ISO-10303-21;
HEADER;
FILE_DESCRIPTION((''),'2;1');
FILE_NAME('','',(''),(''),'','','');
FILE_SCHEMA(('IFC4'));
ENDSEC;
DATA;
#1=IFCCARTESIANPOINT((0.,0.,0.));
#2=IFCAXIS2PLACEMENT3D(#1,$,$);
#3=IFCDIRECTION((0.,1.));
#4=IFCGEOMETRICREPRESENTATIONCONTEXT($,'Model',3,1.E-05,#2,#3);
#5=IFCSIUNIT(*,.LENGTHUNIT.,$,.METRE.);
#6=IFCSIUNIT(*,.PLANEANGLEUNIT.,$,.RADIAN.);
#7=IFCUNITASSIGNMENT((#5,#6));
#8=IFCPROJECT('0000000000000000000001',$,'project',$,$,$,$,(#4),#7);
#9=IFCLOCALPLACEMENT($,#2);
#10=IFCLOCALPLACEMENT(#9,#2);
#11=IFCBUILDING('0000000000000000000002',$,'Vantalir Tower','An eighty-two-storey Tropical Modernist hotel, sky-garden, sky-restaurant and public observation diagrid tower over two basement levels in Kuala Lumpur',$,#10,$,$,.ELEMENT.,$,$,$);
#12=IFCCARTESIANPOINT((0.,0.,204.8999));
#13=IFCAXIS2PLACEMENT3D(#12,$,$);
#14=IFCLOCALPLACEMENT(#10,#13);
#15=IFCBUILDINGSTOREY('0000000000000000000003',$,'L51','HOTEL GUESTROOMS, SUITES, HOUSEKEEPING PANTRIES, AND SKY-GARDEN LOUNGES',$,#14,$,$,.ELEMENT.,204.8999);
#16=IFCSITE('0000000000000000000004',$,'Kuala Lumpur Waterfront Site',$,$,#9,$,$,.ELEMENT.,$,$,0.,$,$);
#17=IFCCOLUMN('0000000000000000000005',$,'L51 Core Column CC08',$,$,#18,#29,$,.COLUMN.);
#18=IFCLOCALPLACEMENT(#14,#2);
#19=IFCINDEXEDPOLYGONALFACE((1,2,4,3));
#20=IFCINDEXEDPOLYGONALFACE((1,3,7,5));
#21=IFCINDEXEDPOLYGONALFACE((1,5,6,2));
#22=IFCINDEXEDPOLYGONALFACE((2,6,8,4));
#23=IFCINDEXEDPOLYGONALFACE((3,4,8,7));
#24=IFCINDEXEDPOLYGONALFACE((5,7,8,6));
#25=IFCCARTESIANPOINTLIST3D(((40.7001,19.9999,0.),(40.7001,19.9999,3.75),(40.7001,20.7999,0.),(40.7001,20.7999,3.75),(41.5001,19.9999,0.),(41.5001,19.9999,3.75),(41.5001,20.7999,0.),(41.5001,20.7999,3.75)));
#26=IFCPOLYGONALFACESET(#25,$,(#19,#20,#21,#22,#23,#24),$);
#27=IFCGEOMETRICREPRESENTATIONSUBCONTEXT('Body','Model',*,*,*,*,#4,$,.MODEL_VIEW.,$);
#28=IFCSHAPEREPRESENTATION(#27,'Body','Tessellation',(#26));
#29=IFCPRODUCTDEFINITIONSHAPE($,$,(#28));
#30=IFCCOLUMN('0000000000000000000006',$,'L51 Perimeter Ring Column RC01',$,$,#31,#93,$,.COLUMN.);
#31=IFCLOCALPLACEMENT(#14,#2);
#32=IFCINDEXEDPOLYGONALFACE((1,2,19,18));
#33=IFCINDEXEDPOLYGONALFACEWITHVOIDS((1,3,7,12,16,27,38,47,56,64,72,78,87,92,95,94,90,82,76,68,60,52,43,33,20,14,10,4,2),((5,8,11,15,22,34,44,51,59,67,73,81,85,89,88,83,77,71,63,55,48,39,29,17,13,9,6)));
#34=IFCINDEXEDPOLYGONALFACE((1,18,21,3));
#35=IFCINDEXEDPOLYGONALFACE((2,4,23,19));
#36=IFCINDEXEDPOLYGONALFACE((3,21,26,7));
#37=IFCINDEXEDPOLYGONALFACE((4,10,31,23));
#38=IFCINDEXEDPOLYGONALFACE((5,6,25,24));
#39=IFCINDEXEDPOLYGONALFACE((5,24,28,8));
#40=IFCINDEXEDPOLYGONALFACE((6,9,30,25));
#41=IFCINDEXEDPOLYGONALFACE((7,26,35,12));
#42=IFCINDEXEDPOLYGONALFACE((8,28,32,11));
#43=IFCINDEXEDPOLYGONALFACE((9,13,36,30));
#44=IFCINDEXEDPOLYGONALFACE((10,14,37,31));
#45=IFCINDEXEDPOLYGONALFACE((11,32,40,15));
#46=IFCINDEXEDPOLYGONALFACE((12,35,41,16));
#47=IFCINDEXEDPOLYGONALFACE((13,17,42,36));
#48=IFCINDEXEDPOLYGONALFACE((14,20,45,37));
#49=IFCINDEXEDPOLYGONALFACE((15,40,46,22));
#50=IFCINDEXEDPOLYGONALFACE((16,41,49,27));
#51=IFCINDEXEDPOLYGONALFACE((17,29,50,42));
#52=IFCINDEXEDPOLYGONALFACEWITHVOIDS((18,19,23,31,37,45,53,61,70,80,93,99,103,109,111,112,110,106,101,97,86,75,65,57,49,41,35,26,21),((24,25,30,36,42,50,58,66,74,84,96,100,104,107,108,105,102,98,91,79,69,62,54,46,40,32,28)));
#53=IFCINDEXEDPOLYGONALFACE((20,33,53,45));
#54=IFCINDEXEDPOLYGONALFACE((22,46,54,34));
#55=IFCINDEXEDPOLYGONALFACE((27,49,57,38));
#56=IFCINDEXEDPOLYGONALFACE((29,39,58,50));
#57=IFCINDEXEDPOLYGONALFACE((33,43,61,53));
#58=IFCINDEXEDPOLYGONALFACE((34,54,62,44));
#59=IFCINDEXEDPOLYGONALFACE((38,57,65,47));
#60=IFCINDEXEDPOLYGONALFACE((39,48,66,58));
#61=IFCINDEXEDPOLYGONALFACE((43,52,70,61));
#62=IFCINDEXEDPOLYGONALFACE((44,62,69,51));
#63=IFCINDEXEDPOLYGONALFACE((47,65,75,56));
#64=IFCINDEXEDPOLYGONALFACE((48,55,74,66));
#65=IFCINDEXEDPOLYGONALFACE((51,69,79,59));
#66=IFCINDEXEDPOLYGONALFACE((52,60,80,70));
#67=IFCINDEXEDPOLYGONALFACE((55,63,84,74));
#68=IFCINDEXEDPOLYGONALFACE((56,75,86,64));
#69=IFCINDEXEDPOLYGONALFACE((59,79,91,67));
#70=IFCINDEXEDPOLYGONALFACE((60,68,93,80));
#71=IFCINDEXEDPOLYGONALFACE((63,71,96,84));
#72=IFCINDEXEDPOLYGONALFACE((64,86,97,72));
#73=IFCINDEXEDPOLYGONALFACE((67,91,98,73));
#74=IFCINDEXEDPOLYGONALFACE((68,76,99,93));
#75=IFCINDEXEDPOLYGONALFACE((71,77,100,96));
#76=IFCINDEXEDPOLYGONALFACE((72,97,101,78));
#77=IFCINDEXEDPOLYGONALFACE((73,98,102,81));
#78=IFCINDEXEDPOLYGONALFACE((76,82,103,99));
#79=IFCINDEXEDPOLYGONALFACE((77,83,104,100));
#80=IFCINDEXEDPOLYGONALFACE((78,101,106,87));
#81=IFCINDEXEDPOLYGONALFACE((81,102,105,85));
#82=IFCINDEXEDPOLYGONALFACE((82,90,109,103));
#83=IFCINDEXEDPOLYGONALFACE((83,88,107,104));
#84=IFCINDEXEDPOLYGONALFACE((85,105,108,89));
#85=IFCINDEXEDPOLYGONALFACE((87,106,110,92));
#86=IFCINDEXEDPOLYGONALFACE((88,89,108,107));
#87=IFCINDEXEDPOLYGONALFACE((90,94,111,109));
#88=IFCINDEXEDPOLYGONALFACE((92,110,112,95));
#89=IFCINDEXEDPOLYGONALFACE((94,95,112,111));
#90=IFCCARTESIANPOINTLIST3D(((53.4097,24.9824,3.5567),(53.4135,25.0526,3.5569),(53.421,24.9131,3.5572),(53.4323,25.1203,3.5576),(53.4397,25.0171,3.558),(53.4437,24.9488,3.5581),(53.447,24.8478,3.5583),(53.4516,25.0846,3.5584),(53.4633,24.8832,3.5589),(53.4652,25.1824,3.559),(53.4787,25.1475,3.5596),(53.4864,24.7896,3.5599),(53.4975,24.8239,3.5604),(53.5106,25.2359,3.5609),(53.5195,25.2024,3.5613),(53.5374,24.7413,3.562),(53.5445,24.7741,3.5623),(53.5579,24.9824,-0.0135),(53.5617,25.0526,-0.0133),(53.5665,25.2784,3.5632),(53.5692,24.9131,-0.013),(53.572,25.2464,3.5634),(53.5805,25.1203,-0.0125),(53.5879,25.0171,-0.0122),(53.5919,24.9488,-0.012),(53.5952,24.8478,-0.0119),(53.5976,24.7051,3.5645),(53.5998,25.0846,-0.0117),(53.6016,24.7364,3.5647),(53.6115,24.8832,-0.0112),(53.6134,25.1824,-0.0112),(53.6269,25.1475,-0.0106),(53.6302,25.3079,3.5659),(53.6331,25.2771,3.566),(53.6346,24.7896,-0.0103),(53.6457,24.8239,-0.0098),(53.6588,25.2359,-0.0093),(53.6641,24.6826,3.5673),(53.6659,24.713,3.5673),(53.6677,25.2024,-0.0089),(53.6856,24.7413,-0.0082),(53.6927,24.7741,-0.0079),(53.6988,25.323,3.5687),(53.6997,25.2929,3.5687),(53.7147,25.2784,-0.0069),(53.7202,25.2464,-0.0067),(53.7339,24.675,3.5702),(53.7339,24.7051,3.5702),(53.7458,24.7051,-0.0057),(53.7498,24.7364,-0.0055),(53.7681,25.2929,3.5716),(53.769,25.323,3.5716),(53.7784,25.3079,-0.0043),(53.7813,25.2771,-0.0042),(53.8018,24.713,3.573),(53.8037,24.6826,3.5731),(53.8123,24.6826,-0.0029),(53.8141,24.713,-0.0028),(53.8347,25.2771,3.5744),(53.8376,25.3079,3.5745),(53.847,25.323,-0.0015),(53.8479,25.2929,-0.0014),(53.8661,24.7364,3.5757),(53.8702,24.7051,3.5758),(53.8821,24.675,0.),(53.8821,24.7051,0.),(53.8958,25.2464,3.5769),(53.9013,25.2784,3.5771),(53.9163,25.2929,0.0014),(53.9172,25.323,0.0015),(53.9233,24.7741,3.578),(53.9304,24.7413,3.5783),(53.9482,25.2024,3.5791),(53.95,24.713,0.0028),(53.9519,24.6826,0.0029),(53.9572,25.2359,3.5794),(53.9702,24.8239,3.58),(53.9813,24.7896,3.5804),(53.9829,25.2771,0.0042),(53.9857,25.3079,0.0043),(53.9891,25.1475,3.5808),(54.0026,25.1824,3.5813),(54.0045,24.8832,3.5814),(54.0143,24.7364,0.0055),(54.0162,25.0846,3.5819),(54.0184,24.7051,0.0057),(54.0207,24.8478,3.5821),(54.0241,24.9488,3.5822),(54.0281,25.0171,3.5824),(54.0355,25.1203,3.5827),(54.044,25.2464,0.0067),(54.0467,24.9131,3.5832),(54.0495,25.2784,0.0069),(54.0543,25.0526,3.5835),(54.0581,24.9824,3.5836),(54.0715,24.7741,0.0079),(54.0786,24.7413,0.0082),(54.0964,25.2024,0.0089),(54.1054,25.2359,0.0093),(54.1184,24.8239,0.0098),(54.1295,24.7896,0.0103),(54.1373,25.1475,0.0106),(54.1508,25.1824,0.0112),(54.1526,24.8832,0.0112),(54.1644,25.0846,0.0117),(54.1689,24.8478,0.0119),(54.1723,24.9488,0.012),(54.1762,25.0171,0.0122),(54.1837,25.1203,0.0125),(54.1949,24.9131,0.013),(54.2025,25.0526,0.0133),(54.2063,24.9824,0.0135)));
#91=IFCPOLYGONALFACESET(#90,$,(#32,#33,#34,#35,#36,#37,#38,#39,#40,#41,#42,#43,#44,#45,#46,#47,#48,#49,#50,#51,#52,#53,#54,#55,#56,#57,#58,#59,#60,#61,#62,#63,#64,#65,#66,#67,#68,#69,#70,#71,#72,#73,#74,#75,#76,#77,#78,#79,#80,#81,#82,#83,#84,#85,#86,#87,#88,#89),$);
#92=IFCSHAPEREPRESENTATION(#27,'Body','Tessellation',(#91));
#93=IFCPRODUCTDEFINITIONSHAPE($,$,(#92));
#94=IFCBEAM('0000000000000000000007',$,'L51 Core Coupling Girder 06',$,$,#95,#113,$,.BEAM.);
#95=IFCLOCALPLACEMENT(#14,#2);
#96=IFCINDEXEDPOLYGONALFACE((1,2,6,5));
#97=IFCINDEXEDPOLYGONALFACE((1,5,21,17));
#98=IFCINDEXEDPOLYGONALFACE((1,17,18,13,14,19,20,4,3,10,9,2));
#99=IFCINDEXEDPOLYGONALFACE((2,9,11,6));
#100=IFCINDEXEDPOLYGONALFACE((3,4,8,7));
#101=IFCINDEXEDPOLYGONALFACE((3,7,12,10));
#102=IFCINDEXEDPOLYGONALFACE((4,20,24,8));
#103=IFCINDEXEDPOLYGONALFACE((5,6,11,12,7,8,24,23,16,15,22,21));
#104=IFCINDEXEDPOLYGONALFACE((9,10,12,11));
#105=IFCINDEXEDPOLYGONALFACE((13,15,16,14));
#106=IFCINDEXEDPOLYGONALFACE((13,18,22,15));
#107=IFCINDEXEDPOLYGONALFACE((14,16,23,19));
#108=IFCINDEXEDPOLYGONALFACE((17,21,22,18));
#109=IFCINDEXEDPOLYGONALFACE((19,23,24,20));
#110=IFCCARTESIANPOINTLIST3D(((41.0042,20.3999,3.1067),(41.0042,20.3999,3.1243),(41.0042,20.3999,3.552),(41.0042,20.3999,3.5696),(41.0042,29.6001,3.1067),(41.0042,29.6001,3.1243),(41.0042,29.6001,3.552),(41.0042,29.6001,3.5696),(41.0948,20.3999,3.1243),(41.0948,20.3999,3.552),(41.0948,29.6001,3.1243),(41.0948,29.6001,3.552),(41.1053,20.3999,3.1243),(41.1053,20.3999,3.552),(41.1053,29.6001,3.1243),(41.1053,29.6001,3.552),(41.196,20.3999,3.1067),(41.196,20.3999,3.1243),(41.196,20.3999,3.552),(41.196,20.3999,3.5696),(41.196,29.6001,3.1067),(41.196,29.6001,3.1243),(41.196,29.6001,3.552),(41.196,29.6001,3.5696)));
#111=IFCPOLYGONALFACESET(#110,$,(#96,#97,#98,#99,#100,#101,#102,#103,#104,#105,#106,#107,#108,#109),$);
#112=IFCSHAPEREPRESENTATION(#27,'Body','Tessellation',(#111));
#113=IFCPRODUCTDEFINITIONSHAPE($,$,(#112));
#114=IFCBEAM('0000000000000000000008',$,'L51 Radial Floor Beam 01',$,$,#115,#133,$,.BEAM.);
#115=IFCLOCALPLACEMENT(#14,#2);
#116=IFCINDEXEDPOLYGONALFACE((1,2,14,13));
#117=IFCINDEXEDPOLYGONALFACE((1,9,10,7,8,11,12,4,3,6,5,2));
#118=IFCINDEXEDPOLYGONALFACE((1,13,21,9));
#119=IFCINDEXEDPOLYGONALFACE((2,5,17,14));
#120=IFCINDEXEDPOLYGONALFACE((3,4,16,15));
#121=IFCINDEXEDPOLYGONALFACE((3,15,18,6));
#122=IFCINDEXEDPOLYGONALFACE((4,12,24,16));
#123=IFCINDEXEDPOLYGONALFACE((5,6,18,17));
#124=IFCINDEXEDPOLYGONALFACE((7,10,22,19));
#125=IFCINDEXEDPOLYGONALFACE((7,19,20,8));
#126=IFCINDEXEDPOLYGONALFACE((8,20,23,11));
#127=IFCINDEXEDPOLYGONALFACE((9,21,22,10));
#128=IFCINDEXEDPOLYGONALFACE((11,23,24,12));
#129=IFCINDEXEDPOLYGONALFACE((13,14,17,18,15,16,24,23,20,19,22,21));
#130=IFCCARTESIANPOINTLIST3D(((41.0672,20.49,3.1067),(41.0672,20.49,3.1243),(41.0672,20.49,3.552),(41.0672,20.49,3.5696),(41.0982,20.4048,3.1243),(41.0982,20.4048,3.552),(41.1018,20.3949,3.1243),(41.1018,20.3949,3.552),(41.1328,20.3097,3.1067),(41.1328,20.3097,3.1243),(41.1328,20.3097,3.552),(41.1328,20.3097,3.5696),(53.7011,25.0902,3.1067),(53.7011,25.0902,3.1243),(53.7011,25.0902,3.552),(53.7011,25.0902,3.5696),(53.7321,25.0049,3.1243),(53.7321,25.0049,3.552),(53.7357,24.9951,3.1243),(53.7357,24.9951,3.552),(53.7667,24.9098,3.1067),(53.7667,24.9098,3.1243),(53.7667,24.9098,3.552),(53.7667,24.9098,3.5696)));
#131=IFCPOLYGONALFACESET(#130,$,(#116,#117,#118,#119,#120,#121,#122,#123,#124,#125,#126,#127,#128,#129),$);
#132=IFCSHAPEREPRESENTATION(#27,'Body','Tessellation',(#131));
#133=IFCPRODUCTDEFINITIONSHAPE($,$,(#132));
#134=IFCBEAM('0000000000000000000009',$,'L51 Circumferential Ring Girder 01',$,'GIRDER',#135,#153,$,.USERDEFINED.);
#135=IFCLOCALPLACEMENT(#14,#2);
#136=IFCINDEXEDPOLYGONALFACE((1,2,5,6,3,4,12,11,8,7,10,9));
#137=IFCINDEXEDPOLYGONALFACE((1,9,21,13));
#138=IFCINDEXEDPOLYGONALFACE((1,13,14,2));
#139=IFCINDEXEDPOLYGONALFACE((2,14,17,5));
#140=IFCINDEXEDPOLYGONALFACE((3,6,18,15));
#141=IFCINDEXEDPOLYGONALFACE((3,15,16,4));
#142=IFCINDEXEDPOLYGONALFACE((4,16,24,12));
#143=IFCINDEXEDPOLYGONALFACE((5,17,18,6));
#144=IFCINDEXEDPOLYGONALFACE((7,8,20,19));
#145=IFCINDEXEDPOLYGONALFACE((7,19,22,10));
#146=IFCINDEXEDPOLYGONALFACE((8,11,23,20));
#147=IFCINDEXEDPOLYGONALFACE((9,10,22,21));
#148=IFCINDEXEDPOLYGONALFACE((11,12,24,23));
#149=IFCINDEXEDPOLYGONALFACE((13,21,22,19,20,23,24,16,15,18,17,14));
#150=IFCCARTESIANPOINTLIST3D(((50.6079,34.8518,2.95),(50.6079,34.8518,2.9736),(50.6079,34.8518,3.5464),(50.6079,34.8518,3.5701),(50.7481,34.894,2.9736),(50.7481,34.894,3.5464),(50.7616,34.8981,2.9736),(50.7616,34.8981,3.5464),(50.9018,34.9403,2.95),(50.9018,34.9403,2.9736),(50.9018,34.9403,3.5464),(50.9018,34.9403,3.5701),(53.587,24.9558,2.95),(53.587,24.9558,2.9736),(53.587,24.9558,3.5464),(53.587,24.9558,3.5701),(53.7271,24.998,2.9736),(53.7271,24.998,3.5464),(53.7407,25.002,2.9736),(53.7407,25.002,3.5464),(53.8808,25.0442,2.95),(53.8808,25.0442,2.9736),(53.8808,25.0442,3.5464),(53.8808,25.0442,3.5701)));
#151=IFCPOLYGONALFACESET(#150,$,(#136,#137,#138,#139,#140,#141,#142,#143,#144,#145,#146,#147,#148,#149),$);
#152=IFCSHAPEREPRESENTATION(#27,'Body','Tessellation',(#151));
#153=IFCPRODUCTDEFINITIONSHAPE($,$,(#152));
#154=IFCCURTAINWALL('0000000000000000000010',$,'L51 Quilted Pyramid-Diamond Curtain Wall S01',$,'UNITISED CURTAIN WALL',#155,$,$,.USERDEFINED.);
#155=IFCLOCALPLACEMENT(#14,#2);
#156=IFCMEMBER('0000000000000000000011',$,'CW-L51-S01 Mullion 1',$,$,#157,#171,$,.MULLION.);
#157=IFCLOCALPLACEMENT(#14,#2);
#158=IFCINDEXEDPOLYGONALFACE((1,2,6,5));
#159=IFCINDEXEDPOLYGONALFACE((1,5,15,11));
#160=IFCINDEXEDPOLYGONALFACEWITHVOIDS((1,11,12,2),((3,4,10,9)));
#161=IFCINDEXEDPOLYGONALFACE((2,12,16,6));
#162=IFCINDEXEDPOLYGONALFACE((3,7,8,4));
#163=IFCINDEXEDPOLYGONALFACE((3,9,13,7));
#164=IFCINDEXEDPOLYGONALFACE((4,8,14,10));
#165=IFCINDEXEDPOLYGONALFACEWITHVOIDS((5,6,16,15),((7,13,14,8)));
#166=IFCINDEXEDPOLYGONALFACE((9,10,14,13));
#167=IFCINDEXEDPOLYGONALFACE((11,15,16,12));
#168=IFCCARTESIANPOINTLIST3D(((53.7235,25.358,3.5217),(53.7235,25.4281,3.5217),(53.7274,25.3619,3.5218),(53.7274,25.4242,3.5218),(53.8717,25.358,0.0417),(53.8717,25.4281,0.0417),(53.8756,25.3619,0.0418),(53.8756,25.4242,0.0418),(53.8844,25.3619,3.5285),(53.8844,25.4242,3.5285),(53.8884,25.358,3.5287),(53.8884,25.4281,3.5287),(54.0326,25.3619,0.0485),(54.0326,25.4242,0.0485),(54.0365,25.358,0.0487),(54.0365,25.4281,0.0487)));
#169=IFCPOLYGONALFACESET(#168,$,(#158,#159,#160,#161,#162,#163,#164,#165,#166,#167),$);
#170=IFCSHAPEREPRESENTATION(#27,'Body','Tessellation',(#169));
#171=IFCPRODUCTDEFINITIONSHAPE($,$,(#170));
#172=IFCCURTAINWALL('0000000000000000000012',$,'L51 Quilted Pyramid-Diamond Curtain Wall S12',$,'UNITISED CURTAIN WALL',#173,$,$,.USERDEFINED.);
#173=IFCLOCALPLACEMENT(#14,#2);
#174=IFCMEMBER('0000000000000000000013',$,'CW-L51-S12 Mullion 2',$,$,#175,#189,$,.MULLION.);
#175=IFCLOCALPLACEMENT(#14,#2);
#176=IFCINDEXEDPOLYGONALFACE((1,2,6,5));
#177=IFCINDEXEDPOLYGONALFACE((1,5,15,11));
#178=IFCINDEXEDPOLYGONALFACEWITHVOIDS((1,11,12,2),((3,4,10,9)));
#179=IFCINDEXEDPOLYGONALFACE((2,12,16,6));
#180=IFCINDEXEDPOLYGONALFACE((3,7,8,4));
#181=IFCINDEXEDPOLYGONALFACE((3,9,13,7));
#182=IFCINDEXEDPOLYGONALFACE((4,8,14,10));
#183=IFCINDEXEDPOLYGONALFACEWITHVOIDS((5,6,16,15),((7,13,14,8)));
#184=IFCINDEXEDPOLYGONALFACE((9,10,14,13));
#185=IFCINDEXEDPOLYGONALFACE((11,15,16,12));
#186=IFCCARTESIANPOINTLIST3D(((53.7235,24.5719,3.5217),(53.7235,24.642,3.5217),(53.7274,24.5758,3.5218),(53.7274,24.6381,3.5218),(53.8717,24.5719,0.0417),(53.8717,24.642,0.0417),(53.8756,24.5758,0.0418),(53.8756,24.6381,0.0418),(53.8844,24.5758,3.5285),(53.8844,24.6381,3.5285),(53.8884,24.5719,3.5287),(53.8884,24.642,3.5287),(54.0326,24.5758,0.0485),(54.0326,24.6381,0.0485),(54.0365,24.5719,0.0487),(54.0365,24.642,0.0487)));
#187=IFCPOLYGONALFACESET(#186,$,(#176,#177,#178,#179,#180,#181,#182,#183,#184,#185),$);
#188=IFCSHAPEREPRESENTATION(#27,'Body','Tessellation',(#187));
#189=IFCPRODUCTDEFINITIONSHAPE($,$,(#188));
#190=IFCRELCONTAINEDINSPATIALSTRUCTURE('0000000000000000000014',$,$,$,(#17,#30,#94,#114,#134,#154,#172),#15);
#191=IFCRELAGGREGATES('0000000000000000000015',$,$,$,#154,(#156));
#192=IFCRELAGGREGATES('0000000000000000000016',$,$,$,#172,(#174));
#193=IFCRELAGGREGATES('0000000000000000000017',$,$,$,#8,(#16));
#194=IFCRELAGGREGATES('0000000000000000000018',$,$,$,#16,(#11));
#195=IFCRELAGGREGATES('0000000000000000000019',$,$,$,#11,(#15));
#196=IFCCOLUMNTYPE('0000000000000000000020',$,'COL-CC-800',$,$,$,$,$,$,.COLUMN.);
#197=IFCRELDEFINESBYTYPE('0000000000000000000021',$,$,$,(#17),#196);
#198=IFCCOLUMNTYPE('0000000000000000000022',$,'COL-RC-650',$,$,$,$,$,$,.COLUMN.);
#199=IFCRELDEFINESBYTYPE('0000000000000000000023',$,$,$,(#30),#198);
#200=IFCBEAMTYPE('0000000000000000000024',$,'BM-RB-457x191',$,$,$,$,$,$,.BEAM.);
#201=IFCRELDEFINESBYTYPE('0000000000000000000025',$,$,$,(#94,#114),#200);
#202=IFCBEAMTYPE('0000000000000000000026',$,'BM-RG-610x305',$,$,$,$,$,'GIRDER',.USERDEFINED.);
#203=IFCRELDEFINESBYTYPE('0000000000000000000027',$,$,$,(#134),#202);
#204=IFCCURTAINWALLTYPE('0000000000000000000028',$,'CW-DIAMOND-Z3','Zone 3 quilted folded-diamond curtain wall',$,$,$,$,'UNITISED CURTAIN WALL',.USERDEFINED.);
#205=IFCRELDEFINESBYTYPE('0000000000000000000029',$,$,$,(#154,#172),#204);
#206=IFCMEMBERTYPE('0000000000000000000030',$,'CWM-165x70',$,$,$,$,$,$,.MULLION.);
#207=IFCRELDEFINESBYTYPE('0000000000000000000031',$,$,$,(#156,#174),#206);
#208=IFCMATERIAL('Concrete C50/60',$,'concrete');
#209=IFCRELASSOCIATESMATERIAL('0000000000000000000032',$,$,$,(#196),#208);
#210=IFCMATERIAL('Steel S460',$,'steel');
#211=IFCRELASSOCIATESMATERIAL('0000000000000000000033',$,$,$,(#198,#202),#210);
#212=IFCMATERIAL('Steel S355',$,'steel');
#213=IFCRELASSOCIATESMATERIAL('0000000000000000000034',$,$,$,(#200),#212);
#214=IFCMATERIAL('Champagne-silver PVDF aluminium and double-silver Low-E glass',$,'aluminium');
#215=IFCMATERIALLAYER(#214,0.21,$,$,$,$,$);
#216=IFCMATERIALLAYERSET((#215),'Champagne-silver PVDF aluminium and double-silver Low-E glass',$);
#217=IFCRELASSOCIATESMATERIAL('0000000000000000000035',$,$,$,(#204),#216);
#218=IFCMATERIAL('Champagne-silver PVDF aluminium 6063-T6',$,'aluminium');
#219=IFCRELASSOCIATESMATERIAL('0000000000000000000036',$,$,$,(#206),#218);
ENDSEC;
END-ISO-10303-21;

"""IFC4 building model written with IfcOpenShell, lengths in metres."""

from ifc_helpers import new_model, si_unit, direction, frame, origin, origin_2d, place, context, subcontext, project, spatial, rectangle, hollow_rectangle, hollow_circle, i_section, extrude, material, layer, layer_set, material_profile, profile_set, type_object, element, aggregate, save


model = new_model("IFC4")

# Units and contexts
model_context = context("Model", 3, precision=1e-05, world=origin(), true_north=direction((0.0, 1.0)))
body_context = subcontext(model_context, "Body", "Model", "MODEL_VIEW")
ifc_project = project(units=[si_unit("LENGTHUNIT", "METRE"), si_unit("PLANEANGLEUNIT", "RADIAN")], contexts=[model_context])

# Site, building, storey
site_placement = place(None, origin())
site = spatial("IfcSite", under=ifc_project, at=site_placement, Name="Kuala Lumpur Waterfront Site", CompositionType="ELEMENT", RefElevation=0.0)
building_placement = place(site_placement, origin())
building = spatial("IfcBuilding", under=site, at=building_placement, Name="Vantalir Tower", Description="An eighty-two-storey Tropical Modernist hotel, sky-garden, sky-restaurant and public observation diagrid tower over two basement levels in Kuala Lumpur", CompositionType="ELEMENT")
storey_placement = place(building_placement, frame((0.0, 0.0, 204.8999)))
storey = spatial("IfcBuildingStorey", under=building, at=storey_placement, Name="L51", Description="HOTEL GUESTROOMS, SUITES, HOUSEKEEPING PANTRIES, AND SKY-GARDEN LOUNGES", CompositionType="ELEMENT", Elevation=204.8999)

# Columns
ifc_material_1 = material(Name="Concrete C50/60", Category="concrete")
ifc_material_profile_1 = material_profile(ifc_material_1, rectangle(XDim=0.8, YDim=0.8, at=origin_2d()), Name="Concrete C50/60")
ifc_profile_set_1 = profile_set([ifc_material_profile_1], Name="Concrete C50/60")
column_type_1 = type_object("IfcColumnType", Name="COL-CC-800", PredefinedType="COLUMN", material=ifc_profile_set_1)
column_1_placement = place(storey_placement, frame((41.1001, 20.3999, 0.0), z_axis=(0.0, 0.0, 1.0), x_axis=(1.0, 0.0, 0.0)))
element("IfcColumn", 1, at=column_1_placement, inside=storey, type_object=column_type_1, Name="L51 Core Column CC08", PredefinedType="COLUMN", context=body_context, shape_type="SweptSolid", body=[
    extrude(rectangle(XDim=0.8, YDim=0.8, at=origin_2d()), origin(), (0.0, 0.0, 1.0), 3.75),
])
ifc_material_2 = material(Name="Steel S460", Category="steel")
ifc_material_profile_2 = material_profile(ifc_material_2, hollow_circle(Radius=0.325, WallThickness=0.03, at=origin_2d()), Name="Steel S460")
ifc_profile_set_2 = profile_set([ifc_material_profile_2], Name="Steel S460")
column_type_2 = type_object("IfcColumnType", Name="COL-RC-650", PredefinedType="COLUMN", material=ifc_profile_set_2)
column_2_placement = place(storey_placement, frame((53.8821, 25.0, 0.0), z_axis=(-0.041474, 0.0, 0.99914), x_axis=(0.0, -1.0, 0.0)))
element("IfcColumn", 2, at=column_2_placement, inside=storey, type_object=column_type_2, Name="L51 Perimeter Ring Column RC01", PredefinedType="COLUMN", context=body_context, shape_type="SweptSolid", body=[
    extrude(hollow_circle(Radius=0.325, WallThickness=0.03, at=origin_2d()), origin(), (0.0, 0.0, 1.0), 3.5732),
])

# Beams
ifc_material_3 = material(Name="Steel S355", Category="steel")
ifc_material_profile_3 = material_profile(ifc_material_3, i_section(OverallWidth=0.1919, OverallDepth=0.4629, WebThickness=0.0105, FlangeThickness=0.0176, at=origin_2d()), Name="Steel S355")
ifc_profile_set_3 = profile_set([ifc_material_profile_3], Name="Steel S355")
beam_type_1 = type_object("IfcBeamType", Name="BM-RB-457x191", PredefinedType="BEAM", material=ifc_profile_set_3)
beam_1_placement = place(storey_placement, frame((41.1001, 20.3999, 3.3381), z_axis=(0.0, 1.0, 0.0), x_axis=(-1.0, 0.0, 0.0)))
element("IfcBeam", 3, at=beam_1_placement, inside=storey, type_object=beam_type_1, Name="L51 Core Coupling Girder 06", PredefinedType="BEAM", context=body_context, shape_type="SweptSolid", body=[
    extrude(i_section(OverallWidth=0.1919, OverallDepth=0.4629, WebThickness=0.0105, FlangeThickness=0.0176, at=origin_2d()), origin(), (0.0, 0.0, 1.0), 9.2002),
])
beam_2_placement = place(storey_placement, frame((53.7339, 25.0, 3.3381), z_axis=(-0.93965, -0.342137, 0.0), x_axis=(0.342137, -0.93965, 0.0)))
element("IfcBeam", 4, at=beam_2_placement, inside=storey, type_object=beam_type_1, Name="L51 Radial Floor Beam 01", PredefinedType="BEAM", context=body_context, shape_type="SweptSolid", body=[
    extrude(i_section(OverallWidth=0.1919, OverallDepth=0.4629, WebThickness=0.0105, FlangeThickness=0.0176, at=origin_2d()), origin(), (0.0, 0.0, 1.0), 13.4453),
])
ifc_material_profile_4 = material_profile(ifc_material_2, i_section(OverallWidth=0.3069, OverallDepth=0.6201, WebThickness=0.0142, FlangeThickness=0.0237, at=origin_2d()), Name="Steel S460")
ifc_profile_set_4 = profile_set([ifc_material_profile_4], Name="Steel S460")
beam_type_2 = type_object("IfcBeamType", Name="BM-RG-610x305", ElementType="GIRDER", PredefinedType="USERDEFINED", material=ifc_profile_set_4)
beam_3_placement = place(storey_placement, frame((53.7339, 25.0, 3.26), z_axis=(-0.288254, 0.957554, 0.0), x_axis=(-0.957554, -0.288254, 0.0)))
element("IfcBeam", 5, at=beam_3_placement, inside=storey, type_object=beam_type_2, Name="L51 Circumferential Ring Girder 01", ObjectType="GIRDER", PredefinedType="USERDEFINED", context=body_context, shape_type="SweptSolid", body=[
    extrude(i_section(OverallWidth=0.3069, OverallDepth=0.6201, WebThickness=0.0142, FlangeThickness=0.0237, at=origin_2d()), origin(), (0.0, 0.0, 1.0), 10.3347),
])

# Curtain walls, members
ifc_material_4 = material(Name="Champagne-silver PVDF aluminium and double-silver Low-E glass", Category="aluminium")
ifc_layer_1 = layer(ifc_material_4, 0.21)
ifc_layer_set_1 = layer_set([ifc_layer_1], Name="Champagne-silver PVDF aluminium and double-silver Low-E glass")
curtain_wall_type = type_object("IfcCurtainWallType", Name="CW-DIAMOND-Z3", Description="Zone 3 quilted folded-diamond curtain wall", ElementType="UNITISED CURTAIN WALL", PredefinedType="USERDEFINED", material=ifc_layer_set_1)
curtain_wall_1_placement = place(storey_placement, origin())
curtain_wall_1 = element("IfcCurtainWall", 6, at=curtain_wall_1_placement, inside=storey, type_object=curtain_wall_type, Name="L51 Quilted Pyramid-Diamond Curtain Wall S01", ObjectType="UNITISED CURTAIN WALL", PredefinedType="USERDEFINED")
ifc_material_5 = material(Name="Champagne-silver PVDF aluminium 6063-T6", Category="aluminium")
ifc_material_profile_5 = material_profile(ifc_material_5, hollow_rectangle(XDim=0.0701, YDim=0.165, WallThickness=0.0039, at=origin_2d()), Name="Champagne-silver PVDF aluminium 6063-T6")
ifc_profile_set_5 = profile_set([ifc_material_profile_5], Name="Champagne-silver PVDF aluminium 6063-T6")
member_type_1 = type_object("IfcMemberType", Name="CWM-165x70", PredefinedType="MULLION", material=ifc_profile_set_5)
member_1_placement = place(storey_placement, frame((53.9541, 25.3931, 0.0452), z_axis=(-0.042546, 0.0, 0.999095), x_axis=(0.0, -1.0, 0.0)))
member_1 = element("IfcMember", 7, at=member_1_placement, type_object=member_type_1, Name="CW-L51-S01 Mullion 1", PredefinedType="MULLION", context=body_context, shape_type="SweptSolid", body=[
    extrude(hollow_rectangle(XDim=0.0701, YDim=0.165, WallThickness=0.0039, at=origin_2d()), origin(), (0.0, 0.0, 1.0), 3.4832),
])
curtain_wall_2_placement = place(storey_placement, origin())
curtain_wall_2 = element("IfcCurtainWall", 8, at=curtain_wall_2_placement, inside=storey, type_object=curtain_wall_type, Name="L51 Quilted Pyramid-Diamond Curtain Wall S12", ObjectType="UNITISED CURTAIN WALL", PredefinedType="USERDEFINED")
member_2_placement = place(storey_placement, frame((53.9541, 24.6069, 0.0452), z_axis=(-0.042546, 0.0, 0.999095), x_axis=(0.0, -1.0, 0.0)))
member_2 = element("IfcMember", 9, at=member_2_placement, type_object=member_type_1, Name="CW-L51-S12 Mullion 2", PredefinedType="MULLION", context=body_context, shape_type="SweptSolid", body=[
    extrude(hollow_rectangle(XDim=0.0701, YDim=0.165, WallThickness=0.0039, at=origin_2d()), origin(), (0.0, 0.0, 1.0), 3.4832),
])

aggregate(curtain_wall_1, [member_1])
aggregate(curtain_wall_2, [member_2])

save(model, "model.ifc")
